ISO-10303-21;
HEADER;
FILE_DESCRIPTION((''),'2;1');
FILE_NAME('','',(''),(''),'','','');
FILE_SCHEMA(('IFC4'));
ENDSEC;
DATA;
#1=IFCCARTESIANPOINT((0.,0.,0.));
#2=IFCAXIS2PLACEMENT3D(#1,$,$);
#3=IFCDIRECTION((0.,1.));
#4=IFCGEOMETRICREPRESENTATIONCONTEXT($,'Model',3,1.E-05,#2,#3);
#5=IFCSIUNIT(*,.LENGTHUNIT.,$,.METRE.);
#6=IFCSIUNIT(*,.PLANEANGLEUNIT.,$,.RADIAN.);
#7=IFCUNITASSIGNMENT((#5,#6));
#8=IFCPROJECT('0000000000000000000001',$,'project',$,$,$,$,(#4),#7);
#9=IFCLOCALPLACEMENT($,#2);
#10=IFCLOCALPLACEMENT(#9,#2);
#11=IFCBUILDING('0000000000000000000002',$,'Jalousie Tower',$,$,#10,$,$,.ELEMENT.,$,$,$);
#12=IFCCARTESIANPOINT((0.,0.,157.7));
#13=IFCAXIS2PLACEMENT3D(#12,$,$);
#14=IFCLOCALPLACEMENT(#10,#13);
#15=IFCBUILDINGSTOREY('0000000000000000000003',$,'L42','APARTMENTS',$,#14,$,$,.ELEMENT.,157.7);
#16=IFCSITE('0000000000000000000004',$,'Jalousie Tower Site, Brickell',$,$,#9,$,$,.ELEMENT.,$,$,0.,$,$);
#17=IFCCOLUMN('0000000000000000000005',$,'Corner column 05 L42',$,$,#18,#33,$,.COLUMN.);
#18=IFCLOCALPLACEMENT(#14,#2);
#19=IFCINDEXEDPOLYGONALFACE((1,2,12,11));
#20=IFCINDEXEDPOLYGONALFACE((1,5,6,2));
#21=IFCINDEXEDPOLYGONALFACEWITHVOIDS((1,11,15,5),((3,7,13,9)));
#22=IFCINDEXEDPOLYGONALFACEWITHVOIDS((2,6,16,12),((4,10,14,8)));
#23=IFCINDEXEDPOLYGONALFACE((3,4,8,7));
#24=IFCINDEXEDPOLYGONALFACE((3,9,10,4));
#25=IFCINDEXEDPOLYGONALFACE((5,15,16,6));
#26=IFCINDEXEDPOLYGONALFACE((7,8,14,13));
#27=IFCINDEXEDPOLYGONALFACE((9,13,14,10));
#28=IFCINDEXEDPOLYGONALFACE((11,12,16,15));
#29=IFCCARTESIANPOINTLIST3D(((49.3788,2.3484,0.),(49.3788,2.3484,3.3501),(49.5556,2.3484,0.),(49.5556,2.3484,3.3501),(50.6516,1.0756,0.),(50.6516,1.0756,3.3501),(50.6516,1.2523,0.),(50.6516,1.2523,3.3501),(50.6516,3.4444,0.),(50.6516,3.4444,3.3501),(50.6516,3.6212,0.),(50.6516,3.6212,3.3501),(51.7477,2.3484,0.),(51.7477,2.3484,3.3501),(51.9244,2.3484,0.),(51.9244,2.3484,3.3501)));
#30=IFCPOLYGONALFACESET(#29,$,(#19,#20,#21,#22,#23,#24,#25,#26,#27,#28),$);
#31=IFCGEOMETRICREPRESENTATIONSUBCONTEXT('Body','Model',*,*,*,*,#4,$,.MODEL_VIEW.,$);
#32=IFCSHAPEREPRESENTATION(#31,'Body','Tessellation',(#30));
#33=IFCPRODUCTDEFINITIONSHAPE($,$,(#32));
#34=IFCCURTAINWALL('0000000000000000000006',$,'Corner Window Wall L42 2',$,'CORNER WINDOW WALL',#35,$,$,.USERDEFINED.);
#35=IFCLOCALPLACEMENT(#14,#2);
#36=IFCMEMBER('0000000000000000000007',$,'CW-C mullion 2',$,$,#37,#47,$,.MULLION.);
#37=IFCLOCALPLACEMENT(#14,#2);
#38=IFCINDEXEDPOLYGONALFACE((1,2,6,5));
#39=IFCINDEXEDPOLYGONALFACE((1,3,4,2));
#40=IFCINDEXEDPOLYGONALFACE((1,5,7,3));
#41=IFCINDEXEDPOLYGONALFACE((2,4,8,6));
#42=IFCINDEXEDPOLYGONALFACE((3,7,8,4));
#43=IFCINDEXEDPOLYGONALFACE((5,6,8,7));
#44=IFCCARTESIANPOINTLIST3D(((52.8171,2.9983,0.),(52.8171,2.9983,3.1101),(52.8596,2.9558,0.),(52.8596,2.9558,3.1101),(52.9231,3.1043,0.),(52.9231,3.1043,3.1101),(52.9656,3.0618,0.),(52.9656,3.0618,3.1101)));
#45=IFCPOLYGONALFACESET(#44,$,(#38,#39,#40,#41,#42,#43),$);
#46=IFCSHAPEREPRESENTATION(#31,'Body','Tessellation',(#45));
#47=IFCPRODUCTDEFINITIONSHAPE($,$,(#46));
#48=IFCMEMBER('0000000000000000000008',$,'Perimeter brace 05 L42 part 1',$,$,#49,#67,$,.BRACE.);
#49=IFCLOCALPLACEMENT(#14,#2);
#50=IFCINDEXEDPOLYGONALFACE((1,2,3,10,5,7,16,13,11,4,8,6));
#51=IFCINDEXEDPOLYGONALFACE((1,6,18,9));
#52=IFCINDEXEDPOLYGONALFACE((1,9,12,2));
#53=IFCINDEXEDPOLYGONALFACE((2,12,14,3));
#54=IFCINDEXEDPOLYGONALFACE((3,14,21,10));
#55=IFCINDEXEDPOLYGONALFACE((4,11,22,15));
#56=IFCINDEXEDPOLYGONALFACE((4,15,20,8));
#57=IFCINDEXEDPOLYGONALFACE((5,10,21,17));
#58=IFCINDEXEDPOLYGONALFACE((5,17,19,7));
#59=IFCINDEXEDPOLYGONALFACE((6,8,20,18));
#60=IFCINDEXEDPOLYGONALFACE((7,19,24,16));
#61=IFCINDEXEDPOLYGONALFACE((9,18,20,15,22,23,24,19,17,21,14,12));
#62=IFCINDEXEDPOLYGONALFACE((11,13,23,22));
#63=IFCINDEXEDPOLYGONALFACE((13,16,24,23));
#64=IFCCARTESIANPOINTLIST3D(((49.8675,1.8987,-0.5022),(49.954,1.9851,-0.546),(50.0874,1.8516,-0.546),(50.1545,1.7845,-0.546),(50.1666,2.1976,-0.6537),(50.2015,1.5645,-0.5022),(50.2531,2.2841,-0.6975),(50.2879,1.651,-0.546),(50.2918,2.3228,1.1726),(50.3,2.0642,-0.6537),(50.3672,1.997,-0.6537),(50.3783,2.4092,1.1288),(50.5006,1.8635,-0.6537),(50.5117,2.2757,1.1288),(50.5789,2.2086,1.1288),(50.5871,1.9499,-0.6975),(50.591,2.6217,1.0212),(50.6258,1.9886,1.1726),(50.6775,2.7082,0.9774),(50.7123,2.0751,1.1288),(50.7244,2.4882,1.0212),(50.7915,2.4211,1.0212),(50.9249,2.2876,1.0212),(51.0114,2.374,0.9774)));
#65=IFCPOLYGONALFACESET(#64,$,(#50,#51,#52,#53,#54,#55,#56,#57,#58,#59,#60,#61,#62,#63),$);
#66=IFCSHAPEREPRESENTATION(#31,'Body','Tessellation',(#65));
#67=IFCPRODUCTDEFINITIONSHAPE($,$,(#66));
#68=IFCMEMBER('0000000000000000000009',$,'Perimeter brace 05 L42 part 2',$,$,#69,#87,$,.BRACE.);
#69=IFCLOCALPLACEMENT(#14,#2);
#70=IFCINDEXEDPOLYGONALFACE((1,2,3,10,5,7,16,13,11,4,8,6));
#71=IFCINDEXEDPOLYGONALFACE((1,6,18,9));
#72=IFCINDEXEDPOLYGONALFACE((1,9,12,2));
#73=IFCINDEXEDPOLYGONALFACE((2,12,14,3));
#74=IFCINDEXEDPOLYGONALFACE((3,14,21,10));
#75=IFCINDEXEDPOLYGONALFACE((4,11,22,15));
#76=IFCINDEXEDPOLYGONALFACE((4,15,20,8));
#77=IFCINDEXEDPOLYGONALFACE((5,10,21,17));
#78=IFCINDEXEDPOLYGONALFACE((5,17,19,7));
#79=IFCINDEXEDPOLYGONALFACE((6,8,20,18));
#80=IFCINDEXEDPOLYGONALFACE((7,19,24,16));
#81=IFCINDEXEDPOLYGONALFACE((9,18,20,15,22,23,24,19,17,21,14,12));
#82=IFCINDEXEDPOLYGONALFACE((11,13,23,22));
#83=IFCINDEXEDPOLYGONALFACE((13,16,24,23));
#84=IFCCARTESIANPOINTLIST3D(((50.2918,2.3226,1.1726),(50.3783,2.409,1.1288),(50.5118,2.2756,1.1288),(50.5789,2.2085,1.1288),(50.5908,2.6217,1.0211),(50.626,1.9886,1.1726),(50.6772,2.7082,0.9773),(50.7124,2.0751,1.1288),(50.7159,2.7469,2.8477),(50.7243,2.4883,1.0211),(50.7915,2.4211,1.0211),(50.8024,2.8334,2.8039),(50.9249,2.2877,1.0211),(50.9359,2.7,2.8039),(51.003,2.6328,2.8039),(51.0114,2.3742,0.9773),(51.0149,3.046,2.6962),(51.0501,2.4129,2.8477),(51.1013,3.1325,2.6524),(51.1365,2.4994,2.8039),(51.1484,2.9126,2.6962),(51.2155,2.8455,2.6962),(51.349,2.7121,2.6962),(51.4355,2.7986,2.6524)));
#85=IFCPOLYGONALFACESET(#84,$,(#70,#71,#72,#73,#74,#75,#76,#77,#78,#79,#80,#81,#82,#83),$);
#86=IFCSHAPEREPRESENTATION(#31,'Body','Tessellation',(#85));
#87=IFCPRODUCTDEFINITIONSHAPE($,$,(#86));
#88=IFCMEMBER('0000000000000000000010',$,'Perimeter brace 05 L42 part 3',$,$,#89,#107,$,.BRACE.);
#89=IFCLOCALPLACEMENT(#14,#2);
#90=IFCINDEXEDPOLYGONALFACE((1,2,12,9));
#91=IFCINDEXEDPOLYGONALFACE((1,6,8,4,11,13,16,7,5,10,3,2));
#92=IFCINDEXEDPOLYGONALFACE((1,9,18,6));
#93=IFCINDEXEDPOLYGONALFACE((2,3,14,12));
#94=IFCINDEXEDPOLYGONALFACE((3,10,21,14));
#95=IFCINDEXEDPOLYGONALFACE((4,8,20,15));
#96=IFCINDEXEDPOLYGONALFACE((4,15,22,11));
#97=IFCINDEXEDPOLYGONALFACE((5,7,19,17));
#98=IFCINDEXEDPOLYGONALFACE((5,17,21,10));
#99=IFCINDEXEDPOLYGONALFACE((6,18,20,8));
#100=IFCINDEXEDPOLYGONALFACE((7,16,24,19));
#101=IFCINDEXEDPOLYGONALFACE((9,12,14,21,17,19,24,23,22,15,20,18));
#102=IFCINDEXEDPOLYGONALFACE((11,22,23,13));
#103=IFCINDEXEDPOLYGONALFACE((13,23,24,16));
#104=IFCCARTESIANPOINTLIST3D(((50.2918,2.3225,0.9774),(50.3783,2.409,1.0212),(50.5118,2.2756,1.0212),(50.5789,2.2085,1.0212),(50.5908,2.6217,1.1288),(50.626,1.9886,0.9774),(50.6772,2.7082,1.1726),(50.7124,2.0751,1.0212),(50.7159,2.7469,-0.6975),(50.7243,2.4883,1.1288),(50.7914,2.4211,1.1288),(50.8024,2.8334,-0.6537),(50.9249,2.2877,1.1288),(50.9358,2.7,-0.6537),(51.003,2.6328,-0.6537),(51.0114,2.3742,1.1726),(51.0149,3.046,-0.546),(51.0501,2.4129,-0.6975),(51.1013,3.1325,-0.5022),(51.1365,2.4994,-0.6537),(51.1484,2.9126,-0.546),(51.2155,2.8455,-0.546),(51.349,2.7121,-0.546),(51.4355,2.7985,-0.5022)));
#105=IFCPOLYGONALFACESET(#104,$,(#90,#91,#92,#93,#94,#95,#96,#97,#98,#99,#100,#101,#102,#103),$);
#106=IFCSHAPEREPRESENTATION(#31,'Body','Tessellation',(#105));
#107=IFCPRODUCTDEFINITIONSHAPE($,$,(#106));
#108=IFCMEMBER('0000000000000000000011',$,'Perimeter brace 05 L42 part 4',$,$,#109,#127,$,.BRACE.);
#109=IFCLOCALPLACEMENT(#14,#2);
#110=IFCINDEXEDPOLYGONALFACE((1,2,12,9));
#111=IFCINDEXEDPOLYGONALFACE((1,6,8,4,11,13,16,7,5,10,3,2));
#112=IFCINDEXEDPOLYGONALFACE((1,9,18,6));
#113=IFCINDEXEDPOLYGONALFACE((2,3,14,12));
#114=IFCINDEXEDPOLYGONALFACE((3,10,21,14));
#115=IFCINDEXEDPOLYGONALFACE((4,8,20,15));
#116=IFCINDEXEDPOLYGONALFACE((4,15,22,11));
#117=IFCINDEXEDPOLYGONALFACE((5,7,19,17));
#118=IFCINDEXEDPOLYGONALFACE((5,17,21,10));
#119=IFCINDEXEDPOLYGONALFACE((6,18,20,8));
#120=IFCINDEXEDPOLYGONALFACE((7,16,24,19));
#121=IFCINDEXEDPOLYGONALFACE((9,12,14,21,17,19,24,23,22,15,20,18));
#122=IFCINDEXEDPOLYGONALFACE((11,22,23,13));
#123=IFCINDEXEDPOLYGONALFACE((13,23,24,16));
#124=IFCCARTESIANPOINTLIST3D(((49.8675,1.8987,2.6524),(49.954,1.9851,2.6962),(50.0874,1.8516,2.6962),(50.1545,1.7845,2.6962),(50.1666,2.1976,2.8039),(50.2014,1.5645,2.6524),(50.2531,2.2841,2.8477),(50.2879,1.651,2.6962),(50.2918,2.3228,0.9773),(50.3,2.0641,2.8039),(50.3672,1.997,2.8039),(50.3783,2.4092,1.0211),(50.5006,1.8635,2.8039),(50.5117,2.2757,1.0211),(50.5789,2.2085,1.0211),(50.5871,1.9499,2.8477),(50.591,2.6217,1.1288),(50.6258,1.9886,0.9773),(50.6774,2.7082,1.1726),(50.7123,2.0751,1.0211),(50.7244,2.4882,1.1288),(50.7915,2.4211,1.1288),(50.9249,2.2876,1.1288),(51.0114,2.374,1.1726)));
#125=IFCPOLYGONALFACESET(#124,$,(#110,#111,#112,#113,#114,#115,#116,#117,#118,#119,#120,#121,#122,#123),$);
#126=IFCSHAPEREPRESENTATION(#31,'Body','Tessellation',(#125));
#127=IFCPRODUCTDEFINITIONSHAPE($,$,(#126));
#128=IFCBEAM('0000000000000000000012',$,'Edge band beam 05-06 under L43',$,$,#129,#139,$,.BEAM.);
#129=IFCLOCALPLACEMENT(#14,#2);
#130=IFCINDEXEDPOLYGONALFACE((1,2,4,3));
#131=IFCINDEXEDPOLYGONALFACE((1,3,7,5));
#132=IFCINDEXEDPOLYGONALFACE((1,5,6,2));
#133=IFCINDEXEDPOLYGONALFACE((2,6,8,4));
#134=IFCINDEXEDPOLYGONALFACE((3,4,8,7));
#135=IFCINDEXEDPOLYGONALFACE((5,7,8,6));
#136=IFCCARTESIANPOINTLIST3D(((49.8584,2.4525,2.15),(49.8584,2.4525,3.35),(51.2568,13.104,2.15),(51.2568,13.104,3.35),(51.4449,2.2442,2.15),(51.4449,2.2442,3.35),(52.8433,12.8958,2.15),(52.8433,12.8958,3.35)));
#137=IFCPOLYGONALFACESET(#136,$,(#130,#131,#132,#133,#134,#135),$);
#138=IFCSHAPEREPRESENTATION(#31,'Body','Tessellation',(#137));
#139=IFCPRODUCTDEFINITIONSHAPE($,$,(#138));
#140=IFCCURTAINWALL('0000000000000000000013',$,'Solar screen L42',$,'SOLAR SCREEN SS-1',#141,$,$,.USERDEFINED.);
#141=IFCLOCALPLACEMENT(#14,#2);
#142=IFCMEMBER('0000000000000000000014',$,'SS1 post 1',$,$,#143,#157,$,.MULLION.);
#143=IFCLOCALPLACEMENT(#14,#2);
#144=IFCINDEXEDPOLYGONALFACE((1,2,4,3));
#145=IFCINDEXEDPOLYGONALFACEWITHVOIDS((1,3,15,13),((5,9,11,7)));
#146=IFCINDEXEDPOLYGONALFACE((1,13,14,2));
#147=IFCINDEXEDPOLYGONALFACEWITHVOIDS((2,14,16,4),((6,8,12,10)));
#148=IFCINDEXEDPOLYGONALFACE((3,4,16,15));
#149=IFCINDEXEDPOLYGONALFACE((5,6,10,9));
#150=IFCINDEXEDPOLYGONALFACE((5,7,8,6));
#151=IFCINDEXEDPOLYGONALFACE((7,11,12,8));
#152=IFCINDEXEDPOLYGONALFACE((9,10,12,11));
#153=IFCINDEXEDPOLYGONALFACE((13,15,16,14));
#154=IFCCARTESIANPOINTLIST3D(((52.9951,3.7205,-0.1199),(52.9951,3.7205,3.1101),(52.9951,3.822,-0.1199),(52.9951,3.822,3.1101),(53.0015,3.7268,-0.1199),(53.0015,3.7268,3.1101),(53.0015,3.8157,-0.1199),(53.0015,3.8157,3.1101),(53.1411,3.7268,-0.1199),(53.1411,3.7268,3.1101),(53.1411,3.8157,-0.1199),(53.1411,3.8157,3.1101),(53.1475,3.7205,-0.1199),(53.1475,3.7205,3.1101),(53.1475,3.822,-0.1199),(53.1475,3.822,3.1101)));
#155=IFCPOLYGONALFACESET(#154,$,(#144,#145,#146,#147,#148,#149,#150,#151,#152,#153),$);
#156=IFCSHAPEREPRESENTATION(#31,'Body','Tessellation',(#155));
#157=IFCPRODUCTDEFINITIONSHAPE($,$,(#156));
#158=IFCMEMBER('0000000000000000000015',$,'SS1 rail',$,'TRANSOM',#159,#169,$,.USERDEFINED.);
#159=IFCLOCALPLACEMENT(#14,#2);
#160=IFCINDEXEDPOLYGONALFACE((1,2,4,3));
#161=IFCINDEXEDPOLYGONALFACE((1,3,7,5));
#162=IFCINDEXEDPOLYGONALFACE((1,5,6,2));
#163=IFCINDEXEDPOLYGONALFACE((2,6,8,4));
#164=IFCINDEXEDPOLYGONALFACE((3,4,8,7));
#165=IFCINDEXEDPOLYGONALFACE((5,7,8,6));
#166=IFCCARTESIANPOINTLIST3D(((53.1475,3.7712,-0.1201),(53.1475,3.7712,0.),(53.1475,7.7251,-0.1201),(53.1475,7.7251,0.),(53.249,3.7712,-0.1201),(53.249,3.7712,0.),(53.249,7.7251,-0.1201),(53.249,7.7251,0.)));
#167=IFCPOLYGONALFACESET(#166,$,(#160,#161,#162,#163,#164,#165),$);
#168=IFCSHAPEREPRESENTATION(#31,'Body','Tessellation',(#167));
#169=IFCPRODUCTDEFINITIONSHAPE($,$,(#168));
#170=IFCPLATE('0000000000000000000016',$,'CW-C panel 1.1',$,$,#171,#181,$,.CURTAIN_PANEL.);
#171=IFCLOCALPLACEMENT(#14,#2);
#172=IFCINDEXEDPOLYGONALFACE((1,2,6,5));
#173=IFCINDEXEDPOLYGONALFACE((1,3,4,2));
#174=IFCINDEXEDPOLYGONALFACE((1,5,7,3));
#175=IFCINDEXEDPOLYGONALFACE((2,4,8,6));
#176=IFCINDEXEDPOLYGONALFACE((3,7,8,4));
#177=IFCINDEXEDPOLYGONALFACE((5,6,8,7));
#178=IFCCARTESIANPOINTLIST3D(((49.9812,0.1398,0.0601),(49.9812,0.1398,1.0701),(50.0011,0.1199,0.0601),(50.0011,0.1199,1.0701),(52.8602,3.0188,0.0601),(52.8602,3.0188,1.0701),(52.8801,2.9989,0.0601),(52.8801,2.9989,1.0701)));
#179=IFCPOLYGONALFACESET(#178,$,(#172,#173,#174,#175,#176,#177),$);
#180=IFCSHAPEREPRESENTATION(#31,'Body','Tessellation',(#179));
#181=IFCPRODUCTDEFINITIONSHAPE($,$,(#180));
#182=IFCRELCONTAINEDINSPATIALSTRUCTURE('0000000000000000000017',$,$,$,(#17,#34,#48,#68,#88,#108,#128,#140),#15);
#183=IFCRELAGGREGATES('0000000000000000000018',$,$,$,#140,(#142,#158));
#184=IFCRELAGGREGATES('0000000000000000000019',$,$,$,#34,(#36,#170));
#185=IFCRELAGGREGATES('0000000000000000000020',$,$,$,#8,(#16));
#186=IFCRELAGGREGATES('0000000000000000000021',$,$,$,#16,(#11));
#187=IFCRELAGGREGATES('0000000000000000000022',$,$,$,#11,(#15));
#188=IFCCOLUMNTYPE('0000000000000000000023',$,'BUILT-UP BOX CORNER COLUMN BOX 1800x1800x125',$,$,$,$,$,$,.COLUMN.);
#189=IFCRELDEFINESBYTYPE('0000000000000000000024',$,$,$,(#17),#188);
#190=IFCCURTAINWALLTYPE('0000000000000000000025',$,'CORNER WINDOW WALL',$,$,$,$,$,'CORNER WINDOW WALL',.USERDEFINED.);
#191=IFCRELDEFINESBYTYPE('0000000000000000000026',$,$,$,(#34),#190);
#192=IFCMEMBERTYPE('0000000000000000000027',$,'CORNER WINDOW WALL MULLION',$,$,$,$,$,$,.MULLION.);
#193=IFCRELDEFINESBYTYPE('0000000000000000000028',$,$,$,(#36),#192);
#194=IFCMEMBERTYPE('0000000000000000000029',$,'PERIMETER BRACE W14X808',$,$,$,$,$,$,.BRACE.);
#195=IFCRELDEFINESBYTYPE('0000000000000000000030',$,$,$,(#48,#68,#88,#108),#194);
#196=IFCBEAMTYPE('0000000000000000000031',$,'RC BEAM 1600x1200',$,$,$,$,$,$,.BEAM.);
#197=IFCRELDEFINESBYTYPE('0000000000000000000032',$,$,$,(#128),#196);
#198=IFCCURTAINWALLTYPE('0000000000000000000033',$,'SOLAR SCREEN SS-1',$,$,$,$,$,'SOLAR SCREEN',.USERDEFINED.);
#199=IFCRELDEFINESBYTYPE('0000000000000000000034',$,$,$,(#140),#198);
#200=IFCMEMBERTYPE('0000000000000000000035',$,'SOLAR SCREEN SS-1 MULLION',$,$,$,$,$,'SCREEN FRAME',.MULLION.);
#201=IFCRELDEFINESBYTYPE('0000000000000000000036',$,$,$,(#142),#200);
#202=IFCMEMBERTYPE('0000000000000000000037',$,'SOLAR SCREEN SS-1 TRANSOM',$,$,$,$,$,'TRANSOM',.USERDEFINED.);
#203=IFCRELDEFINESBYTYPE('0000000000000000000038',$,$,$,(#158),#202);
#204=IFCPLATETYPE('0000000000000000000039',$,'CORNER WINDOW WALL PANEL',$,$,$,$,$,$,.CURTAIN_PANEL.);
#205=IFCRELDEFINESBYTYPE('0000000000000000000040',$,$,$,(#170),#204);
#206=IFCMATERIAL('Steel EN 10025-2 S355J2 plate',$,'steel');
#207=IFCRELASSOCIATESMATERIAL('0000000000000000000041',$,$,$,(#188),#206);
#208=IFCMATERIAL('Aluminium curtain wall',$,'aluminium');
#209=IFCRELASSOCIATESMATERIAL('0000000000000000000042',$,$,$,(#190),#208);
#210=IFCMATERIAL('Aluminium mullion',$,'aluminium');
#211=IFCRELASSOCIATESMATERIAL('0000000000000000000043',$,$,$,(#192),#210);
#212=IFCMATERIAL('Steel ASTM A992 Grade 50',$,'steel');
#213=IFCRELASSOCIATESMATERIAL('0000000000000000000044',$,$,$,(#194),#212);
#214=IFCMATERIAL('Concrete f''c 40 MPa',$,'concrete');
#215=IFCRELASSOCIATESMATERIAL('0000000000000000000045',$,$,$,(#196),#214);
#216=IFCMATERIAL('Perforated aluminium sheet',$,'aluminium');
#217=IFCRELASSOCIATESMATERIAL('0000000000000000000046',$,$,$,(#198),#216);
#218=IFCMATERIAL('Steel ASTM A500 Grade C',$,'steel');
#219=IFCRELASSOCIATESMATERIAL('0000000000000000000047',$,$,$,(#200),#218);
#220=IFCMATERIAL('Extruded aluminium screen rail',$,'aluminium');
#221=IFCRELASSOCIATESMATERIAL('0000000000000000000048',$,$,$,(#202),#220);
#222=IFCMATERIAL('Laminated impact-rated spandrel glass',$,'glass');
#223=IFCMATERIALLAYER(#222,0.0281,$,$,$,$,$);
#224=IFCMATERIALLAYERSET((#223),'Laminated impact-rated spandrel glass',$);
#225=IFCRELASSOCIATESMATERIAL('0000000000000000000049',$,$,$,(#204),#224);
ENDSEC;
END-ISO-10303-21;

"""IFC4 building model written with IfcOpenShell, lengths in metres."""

from ifc_helpers import new_model, si_unit, direction, frame, origin, origin_2d, place, context, subcontext, project, spatial, rectangle, hollow_rectangle, i_section, extrude, material, layer, layer_set, material_profile, profile_set, type_object, element, aggregate, save


model = new_model("IFC4")

# Units and contexts
model_context = context("Model", 3, precision=1e-05, world=origin(), true_north=direction((0.0, 1.0)))
body_context = subcontext(model_context, "Body", "Model", "MODEL_VIEW")
ifc_project = project(units=[si_unit("LENGTHUNIT", "METRE"), si_unit("PLANEANGLEUNIT", "RADIAN")], contexts=[model_context])

# Site, building, storey
site_placement = place(None, origin())
site = spatial("IfcSite", under=ifc_project, at=site_placement, Name="Jalousie Tower Site, Brickell", CompositionType="ELEMENT", RefElevation=0.0)
building_placement = place(site_placement, origin())
building = spatial("IfcBuilding", under=site, at=building_placement, Name="Jalousie Tower", CompositionType="ELEMENT")
storey_placement = place(building_placement, frame((0.0, 0.0, 157.7)))
storey = spatial("IfcBuildingStorey", under=building, at=storey_placement, Name="L42", Description="APARTMENTS", CompositionType="ELEMENT", Elevation=157.7)

# Column
ifc_material_1 = material(Name="Steel EN 10025-2 S355J2 plate", Category="steel")
ifc_material_profile_1 = material_profile(ifc_material_1, hollow_rectangle(XDim=1.8, YDim=1.8, WallThickness=0.125, at=origin_2d()), Name="BOX 1800x1800x125")
ifc_profile_set_1 = profile_set([ifc_material_profile_1], Name="Steel EN 10025-2 S355J2 plate")
column_type = type_object("IfcColumnType", Name="BUILT-UP BOX CORNER COLUMN BOX 1800x1800x125", PredefinedType="COLUMN", material=ifc_profile_set_1)
column_placement = place(storey_placement, frame((50.6516, 2.3484, 0.0), z_axis=(0.0, 0.0, 1.0), x_axis=(-0.707107, 0.707107, 0.0)))
element("IfcColumn", 1, at=column_placement, inside=storey, type_object=column_type, Name="Corner column 05 L42", PredefinedType="COLUMN", context=body_context, shape_type="SweptSolid", body=[
    extrude(hollow_rectangle(XDim=1.8, YDim=1.8, WallThickness=0.125, at=origin_2d()), origin(), (0.0, 0.0, 1.0), 3.3501),
])

# Curtain wall, member
ifc_material_2 = material(Name="Aluminium curtain wall", Category="aluminium")
curtain_wall_type_1 = type_object("IfcCurtainWallType", Name="CORNER WINDOW WALL", ElementType="CORNER WINDOW WALL", PredefinedType="USERDEFINED", material=ifc_material_2)
curtain_wall_1_placement = place(storey_placement, origin())
curtain_wall_1 = element("IfcCurtainWall", 2, at=curtain_wall_1_placement, inside=storey, type_object=curtain_wall_type_1, Name="Corner Window Wall L42 2", ObjectType="CORNER WINDOW WALL", PredefinedType="USERDEFINED")
ifc_material_3 = material(Name="Aluminium mullion", Category="aluminium")
ifc_material_profile_2 = material_profile(ifc_material_3, rectangle(XDim=0.0601, YDim=0.1499, at=origin_2d()), Name="MULLION 60x150")
ifc_profile_set_2 = profile_set([ifc_material_profile_2], Name="Aluminium mullion")
member_type_1 = type_object("IfcMemberType", Name="CORNER WINDOW WALL MULLION", PredefinedType="MULLION", material=ifc_profile_set_2)
member_1_placement = place(storey_placement, frame((52.8914, 3.03, 0.0), z_axis=(0.0, 0.0, 1.0), x_axis=(-0.707107, 0.707107, 0.0)))
member_1 = element("IfcMember", 3, at=member_1_placement, type_object=member_type_1, Name="CW-C mullion 2", PredefinedType="MULLION", context=body_context, shape_type="SweptSolid", body=[
    extrude(rectangle(XDim=0.0601, YDim=0.1499, at=origin_2d()), origin(), (0.0, 0.0, 1.0), 3.1101),
])

# Members
ifc_material_4 = material(Name="Steel ASTM A992 Grade 50", Category="steel")
ifc_material_profile_3 = material_profile(ifc_material_4, i_section(OverallWidth=0.4724, OverallDepth=0.5791, WebThickness=0.095, FlangeThickness=0.1299, at=origin_2d()), Name="W14X808")
ifc_profile_set_3 = profile_set([ifc_material_profile_3], Name="Steel ASTM A992 Grade 50")
member_type_2 = type_object("IfcMemberType", Name="PERIMETER BRACE W14X808", PredefinedType="BRACE", material=ifc_profile_set_3)
member_2_placement = place(storey_placement, frame((50.2273, 1.9243, -0.5999), z_axis=(0.238514, 0.238376, 0.941429), x_axis=(-0.706903, 0.70731, 0.0)))
element("IfcMember", 4, at=member_2_placement, inside=storey, type_object=member_type_2, Name="Perimeter brace 05 L42 part 1", PredefinedType="BRACE", context=body_context, shape_type="SweptSolid", body=[
    extrude(i_section(OverallWidth=0.4724, OverallDepth=0.5791, WebThickness=0.095, FlangeThickness=0.1299, at=origin_2d()), origin(), (0.0, 0.0, 1.0), 1.7791),
])
member_3_placement = place(storey_placement, frame((50.6516, 2.3484, 1.075), z_axis=(0.238346, 0.238483, 0.941444), x_axis=(-0.70731, 0.706903, 0.0)))
element("IfcMember", 5, at=member_3_placement, inside=storey, type_object=member_type_2, Name="Perimeter brace 05 L42 part 2", PredefinedType="BRACE", context=body_context, shape_type="SweptSolid", body=[
    extrude(i_section(OverallWidth=0.4724, OverallDepth=0.5791, WebThickness=0.095, FlangeThickness=0.1299, at=origin_2d()), origin(), (0.0, 0.0, 1.0), 1.7793),
])
member_4_placement = place(storey_placement, frame((51.0757, 2.7727, -0.5999), z_axis=(-0.238376, -0.238514, 0.941429), x_axis=(0.70731, -0.706903, 0.0)))
element("IfcMember", 6, at=member_4_placement, inside=storey, type_object=member_type_2, Name="Perimeter brace 05 L42 part 3", PredefinedType="BRACE", context=body_context, shape_type="SweptSolid", body=[
    extrude(i_section(OverallWidth=0.4724, OverallDepth=0.5791, WebThickness=0.095, FlangeThickness=0.1299, at=origin_2d()), origin(), (0.0, 0.0, 1.0), 1.7791),
])
member_5_placement = place(storey_placement, frame((50.6516, 2.3484, 1.075), z_axis=(-0.238483, -0.238346, 0.941444), x_axis=(0.706903, -0.70731, 0.0)))
element("IfcMember", 7, at=member_5_placement, inside=storey, type_object=member_type_2, Name="Perimeter brace 05 L42 part 4", PredefinedType="BRACE", context=body_context, shape_type="SweptSolid", body=[
    extrude(i_section(OverallWidth=0.4724, OverallDepth=0.5791, WebThickness=0.095, FlangeThickness=0.1299, at=origin_2d()), origin(), (0.0, 0.0, 1.0), 1.7793),
])

# Beam
ifc_material_5 = material(Name="Concrete f'c 40 MPa", Category="concrete")
ifc_material_profile_4 = material_profile(ifc_material_5, rectangle(XDim=1.6001, YDim=1.2, at=origin_2d()), Name="RC 1600x1200")
ifc_profile_set_4 = profile_set([ifc_material_profile_4], Name="Concrete f'c 40 MPa")
beam_type = type_object("IfcBeamType", Name="RC BEAM 1600x1200", PredefinedType="BEAM", material=ifc_profile_set_4)
beam_placement = place(storey_placement, frame((50.6516, 2.3484, 2.75), z_axis=(0.130172, 0.991491, 0.0), x_axis=(-0.991491, 0.130172, 0.0)))
element("IfcBeam", 8, at=beam_placement, inside=storey, type_object=beam_type, Name="Edge band beam 05-06 under L43", PredefinedType="BEAM", context=body_context, shape_type="SweptSolid", body=[
    extrude(rectangle(XDim=1.6001, YDim=1.2, at=origin_2d()), origin(), (0.0, 0.0, 1.0), 10.7429),
])

# Curtain wall, members
ifc_material_6 = material(Name="Perforated aluminium sheet", Category="aluminium")
curtain_wall_type_2 = type_object("IfcCurtainWallType", Name="SOLAR SCREEN SS-1", ElementType="SOLAR SCREEN", PredefinedType="USERDEFINED", material=ifc_material_6)
curtain_wall_2_placement = place(storey_placement, origin())
curtain_wall_2 = element("IfcCurtainWall", 9, at=curtain_wall_2_placement, inside=storey, type_object=curtain_wall_type_2, Name="Solar screen L42", ObjectType="SOLAR SCREEN SS-1", PredefinedType="USERDEFINED")
ifc_material_7 = material(Name="Steel ASTM A500 Grade C", Category="steel")
ifc_material_profile_5 = material_profile(ifc_material_7, hollow_rectangle(XDim=0.1016, YDim=0.1523, WallThickness=0.0063, at=origin_2d()), Name="HSS6X4X1/4")
ifc_profile_set_5 = profile_set([ifc_material_profile_5], Name="Steel ASTM A500 Grade C")
member_type_3 = type_object("IfcMemberType", Name="SOLAR SCREEN SS-1 MULLION", ElementType="SCREEN FRAME", PredefinedType="MULLION", material=ifc_profile_set_5)
member_6_placement = place(storey_placement, frame((53.0713, 3.7712, -0.1199), z_axis=(0.0, 0.0, 1.0), x_axis=(0.0, 1.0, 0.0)))
member_6 = element("IfcMember", 10, at=member_6_placement, type_object=member_type_3, Name="SS1 post 1", PredefinedType="MULLION", context=body_context, shape_type="SweptSolid", body=[
    extrude(hollow_rectangle(XDim=0.1016, YDim=0.1523, WallThickness=0.0063, at=origin_2d()), origin(), (0.0, 0.0, 1.0), 3.23),
])
ifc_material_8 = material(Name="Extruded aluminium screen rail", Category="aluminium")
ifc_material_profile_6 = material_profile(ifc_material_8, rectangle(XDim=0.1016, YDim=0.1201, at=origin_2d()), Name="RAIL 102x120")
ifc_profile_set_6 = profile_set([ifc_material_profile_6], Name="Extruded aluminium screen rail")
member_type_4 = type_object("IfcMemberType", Name="SOLAR SCREEN SS-1 TRANSOM", ElementType="TRANSOM", PredefinedType="USERDEFINED", material=ifc_profile_set_6)
member_7_placement = place(storey_placement, frame((53.1982, 3.7712, -0.0601), z_axis=(0.0, 1.0, 0.0), x_axis=(-1.0, 0.0, 0.0)))
member_7 = element("IfcMember", 11, at=member_7_placement, type_object=member_type_4, Name="SS1 rail", ObjectType="TRANSOM", PredefinedType="USERDEFINED", context=body_context, shape_type="SweptSolid", body=[
    extrude(rectangle(XDim=0.1016, YDim=0.1201, at=origin_2d()), origin(), (0.0, 0.0, 1.0), 3.9539),
])
aggregate(curtain_wall_2, [member_6, member_7])

# Plate
ifc_material_9 = material(Name="Laminated impact-rated spandrel glass", Category="glass")
ifc_layer = layer(ifc_material_9, 0.0281)
ifc_layer_set = layer_set([ifc_layer], Name="Laminated impact-rated spandrel glass")
plate_type = type_object("IfcPlateType", Name="CORNER WINDOW WALL PANEL", PredefinedType="CURTAIN_PANEL", material=ifc_layer_set)
plate_1_placement = place(storey_placement, frame((51.4307, 1.5693, 0.0601), z_axis=(0.0, 0.0, 1.0), x_axis=(0.707107, 0.707107, 0.0)))
plate_1 = element("IfcPlate", 12, at=plate_1_placement, type_object=plate_type, Name="CW-C panel 1.1", PredefinedType="CURTAIN_PANEL", context=body_context, shape_type="SweptSolid", body=[
    extrude(rectangle(XDim=4.0715, YDim=0.0281, at=origin_2d()), origin(), (0.0, 0.0, 1.0), 1.01),
])
aggregate(curtain_wall_1, [member_1, plate_1])

save(model, "model.ifc")
